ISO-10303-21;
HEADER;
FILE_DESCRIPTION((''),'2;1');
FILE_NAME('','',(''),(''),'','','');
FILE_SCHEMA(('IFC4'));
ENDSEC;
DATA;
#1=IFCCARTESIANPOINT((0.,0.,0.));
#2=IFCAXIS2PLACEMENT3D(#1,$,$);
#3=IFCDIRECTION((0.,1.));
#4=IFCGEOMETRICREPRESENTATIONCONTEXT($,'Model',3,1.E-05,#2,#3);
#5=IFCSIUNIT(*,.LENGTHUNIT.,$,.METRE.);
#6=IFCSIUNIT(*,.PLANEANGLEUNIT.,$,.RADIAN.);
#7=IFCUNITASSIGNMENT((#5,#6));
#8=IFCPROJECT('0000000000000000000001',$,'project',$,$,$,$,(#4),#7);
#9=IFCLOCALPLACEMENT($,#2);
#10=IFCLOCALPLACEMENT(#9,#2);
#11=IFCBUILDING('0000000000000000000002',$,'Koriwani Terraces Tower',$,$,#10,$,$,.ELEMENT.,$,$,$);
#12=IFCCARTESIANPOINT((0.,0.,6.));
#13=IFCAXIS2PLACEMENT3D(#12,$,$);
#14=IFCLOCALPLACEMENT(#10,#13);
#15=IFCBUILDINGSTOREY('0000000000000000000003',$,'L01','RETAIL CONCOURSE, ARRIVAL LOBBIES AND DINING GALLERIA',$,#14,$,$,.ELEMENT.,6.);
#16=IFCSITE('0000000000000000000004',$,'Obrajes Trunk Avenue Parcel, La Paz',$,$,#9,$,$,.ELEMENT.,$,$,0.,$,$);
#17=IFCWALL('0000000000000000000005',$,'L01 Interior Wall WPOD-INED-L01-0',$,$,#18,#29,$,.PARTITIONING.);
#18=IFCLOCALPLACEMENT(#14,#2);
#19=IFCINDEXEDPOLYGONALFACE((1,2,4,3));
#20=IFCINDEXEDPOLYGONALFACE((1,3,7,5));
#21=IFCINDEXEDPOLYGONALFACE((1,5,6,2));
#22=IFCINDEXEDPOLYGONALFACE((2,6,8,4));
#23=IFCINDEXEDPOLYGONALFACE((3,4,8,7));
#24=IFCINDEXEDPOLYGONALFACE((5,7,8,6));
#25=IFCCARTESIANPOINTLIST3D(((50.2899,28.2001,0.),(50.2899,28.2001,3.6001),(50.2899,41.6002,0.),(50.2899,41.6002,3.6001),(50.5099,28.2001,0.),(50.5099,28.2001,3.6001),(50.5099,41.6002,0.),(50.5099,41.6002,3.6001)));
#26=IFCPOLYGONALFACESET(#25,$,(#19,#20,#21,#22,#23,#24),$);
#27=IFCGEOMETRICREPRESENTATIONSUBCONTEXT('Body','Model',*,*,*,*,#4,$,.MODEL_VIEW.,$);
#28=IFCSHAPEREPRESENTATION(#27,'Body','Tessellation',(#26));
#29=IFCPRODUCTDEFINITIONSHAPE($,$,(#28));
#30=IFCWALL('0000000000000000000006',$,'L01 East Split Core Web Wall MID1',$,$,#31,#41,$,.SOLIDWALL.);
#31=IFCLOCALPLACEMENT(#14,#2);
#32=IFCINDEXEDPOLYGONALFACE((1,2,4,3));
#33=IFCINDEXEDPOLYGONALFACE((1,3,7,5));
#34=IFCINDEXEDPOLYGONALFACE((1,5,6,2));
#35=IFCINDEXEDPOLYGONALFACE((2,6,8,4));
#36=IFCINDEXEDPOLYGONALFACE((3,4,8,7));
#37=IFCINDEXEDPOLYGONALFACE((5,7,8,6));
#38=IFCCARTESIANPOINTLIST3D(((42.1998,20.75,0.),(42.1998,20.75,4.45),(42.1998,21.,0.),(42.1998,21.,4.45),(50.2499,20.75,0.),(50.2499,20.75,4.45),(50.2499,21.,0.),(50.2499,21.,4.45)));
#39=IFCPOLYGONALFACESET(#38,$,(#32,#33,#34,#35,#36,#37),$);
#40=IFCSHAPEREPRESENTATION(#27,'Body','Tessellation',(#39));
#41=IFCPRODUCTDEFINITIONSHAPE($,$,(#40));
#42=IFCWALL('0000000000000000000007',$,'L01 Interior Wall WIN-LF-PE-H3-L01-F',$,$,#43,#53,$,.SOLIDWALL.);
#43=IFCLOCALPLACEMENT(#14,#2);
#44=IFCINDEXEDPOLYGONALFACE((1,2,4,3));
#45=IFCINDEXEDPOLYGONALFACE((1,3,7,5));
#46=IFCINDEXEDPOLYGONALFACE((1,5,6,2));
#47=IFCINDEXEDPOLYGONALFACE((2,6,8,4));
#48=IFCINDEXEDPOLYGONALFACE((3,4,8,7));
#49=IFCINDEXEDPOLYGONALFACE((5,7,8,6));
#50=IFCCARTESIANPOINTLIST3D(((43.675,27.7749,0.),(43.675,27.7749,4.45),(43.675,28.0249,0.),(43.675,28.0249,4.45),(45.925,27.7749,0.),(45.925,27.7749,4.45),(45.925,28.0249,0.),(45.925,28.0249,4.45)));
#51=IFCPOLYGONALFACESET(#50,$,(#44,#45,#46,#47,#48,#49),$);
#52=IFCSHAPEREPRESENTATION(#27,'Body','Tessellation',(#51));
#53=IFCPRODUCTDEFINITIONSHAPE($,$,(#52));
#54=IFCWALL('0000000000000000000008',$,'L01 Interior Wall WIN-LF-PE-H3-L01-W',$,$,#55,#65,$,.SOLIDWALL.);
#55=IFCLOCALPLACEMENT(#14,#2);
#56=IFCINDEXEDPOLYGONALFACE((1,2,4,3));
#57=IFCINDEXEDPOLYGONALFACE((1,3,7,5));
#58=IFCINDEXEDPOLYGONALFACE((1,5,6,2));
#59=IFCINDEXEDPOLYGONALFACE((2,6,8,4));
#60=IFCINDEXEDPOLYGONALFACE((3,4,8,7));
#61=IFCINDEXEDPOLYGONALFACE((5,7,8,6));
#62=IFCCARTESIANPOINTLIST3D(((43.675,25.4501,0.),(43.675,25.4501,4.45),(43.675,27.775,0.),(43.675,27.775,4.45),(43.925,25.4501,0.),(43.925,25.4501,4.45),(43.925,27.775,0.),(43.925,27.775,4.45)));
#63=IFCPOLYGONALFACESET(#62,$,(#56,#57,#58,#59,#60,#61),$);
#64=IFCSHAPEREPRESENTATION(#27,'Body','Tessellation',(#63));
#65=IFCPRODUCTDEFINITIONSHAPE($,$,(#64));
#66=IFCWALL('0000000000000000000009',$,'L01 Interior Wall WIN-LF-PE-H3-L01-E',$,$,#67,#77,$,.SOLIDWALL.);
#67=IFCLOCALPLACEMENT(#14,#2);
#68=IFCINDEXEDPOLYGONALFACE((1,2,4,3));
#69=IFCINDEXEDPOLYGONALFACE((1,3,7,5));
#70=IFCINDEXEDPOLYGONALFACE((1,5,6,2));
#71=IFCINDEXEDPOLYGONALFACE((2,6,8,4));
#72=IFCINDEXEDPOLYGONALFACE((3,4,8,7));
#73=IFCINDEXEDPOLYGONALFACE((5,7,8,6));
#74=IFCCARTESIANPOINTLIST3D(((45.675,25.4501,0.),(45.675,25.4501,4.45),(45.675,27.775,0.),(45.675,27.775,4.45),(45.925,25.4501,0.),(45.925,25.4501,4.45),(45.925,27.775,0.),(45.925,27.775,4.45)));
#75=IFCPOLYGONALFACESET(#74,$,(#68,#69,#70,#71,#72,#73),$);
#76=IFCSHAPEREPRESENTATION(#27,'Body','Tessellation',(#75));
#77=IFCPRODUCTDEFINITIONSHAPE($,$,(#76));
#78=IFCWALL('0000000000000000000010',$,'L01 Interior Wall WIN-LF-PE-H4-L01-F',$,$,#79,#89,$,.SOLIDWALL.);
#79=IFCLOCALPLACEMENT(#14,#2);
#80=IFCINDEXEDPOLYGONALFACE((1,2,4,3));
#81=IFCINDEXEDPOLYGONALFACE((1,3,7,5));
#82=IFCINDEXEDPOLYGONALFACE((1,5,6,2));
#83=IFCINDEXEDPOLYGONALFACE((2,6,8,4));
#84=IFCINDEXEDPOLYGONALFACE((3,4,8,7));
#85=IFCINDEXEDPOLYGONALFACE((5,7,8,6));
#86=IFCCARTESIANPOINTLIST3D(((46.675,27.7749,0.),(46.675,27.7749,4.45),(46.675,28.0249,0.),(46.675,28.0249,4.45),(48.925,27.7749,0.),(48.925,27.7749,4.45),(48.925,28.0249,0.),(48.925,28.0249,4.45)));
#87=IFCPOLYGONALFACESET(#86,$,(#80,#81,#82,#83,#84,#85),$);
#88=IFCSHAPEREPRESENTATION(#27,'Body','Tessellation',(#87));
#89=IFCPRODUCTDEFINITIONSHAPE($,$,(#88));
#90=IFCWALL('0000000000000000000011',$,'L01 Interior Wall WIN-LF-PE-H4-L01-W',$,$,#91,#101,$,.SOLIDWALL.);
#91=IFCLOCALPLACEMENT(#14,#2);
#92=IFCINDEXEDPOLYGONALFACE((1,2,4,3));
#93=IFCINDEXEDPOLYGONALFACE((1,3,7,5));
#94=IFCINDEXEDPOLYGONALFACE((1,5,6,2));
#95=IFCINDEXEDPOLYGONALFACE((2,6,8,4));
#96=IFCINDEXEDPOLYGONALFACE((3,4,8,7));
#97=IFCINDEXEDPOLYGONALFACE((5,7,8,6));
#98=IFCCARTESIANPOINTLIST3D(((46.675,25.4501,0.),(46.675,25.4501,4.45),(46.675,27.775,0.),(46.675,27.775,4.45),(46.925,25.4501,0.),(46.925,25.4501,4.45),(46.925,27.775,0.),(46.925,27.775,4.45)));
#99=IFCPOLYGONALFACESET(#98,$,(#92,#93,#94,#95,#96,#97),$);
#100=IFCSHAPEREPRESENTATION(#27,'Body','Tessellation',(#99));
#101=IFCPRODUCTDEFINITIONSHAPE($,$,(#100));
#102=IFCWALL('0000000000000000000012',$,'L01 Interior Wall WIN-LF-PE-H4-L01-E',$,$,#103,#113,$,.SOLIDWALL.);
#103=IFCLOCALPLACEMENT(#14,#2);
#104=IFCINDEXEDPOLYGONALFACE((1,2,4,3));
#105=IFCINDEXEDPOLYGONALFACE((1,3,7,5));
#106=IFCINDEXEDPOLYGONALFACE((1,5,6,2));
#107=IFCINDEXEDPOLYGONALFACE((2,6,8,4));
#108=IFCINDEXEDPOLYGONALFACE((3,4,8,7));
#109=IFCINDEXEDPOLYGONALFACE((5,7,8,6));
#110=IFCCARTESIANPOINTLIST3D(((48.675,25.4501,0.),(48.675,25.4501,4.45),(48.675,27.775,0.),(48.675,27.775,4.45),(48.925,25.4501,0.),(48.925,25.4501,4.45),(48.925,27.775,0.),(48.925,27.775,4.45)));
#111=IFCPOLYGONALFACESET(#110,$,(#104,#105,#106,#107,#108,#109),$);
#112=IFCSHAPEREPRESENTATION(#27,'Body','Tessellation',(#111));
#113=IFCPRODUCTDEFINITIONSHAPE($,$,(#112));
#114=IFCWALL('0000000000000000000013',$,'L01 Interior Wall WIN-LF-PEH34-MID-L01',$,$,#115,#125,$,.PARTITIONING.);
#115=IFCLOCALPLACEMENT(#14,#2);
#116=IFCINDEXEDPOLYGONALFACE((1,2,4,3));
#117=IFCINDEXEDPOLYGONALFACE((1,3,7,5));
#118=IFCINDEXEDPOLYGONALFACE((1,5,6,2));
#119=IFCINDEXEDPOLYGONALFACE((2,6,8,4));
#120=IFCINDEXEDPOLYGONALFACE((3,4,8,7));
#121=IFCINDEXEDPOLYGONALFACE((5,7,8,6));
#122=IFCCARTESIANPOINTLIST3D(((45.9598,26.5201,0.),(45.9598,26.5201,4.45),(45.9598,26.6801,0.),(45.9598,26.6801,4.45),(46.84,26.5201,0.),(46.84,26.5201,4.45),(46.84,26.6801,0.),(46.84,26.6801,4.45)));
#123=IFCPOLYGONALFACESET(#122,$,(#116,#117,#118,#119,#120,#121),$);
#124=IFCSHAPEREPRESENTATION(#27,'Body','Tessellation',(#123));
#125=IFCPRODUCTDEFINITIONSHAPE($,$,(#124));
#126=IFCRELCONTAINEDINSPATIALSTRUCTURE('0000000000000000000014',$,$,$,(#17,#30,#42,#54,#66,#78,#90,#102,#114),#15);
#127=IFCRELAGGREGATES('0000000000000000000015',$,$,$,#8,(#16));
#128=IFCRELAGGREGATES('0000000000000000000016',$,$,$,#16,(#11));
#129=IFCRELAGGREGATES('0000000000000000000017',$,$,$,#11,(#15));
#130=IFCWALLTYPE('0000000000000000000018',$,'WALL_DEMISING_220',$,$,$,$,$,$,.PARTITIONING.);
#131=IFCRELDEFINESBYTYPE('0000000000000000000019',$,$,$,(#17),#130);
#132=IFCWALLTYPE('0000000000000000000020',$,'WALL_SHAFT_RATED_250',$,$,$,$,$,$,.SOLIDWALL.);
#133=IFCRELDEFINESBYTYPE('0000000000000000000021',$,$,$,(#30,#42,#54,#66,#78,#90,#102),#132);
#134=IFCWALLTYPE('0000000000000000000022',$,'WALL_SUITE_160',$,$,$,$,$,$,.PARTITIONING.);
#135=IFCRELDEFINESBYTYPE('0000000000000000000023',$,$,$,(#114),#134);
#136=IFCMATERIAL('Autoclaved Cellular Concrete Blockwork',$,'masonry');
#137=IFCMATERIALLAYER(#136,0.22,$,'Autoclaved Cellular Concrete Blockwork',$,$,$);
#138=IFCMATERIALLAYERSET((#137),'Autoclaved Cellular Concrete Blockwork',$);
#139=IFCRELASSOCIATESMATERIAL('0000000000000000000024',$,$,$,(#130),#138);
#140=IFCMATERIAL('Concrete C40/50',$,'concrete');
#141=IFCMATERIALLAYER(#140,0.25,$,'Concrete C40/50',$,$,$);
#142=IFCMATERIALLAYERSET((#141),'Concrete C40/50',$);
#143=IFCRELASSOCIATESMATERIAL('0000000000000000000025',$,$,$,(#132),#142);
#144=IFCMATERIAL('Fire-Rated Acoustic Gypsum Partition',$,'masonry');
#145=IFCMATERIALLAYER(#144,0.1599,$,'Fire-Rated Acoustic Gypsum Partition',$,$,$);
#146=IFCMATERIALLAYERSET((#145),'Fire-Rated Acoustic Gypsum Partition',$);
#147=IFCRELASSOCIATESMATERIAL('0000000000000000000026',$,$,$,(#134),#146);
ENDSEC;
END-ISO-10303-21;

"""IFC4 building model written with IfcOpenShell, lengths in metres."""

from ifc_helpers import new_model, si_unit, direction, frame, frame_2d, origin, place, context, subcontext, project, spatial, rectangle, extrude, material, layer, layer_set, type_object, element, save


model = new_model("IFC4")

# Units and contexts
model_context = context("Model", 3, precision=1e-05, world=origin(), true_north=direction((0.0, 1.0)))
body_context = subcontext(model_context, "Body", "Model", "MODEL_VIEW")
ifc_project = project(units=[si_unit("LENGTHUNIT", "METRE"), si_unit("PLANEANGLEUNIT", "RADIAN")], contexts=[model_context])

# Site, building, storey
site_placement = place(None, origin())
site = spatial("IfcSite", under=ifc_project, at=site_placement, Name="Obrajes Trunk Avenue Parcel, La Paz", CompositionType="ELEMENT", RefElevation=0.0)
building_placement = place(site_placement, origin())
building = spatial("IfcBuilding", under=site, at=building_placement, Name="Koriwani Terraces Tower", CompositionType="ELEMENT")
storey_placement = place(building_placement, frame((0.0, 0.0, 6.0)))
storey = spatial("IfcBuildingStorey", under=building, at=storey_placement, Name="L01", Description="RETAIL CONCOURSE, ARRIVAL LOBBIES AND DINING GALLERIA", CompositionType="ELEMENT", Elevation=6.0)

# Shared definitions
ifc_material_1 = material(Name="Autoclaved Cellular Concrete Blockwork", Category="masonry")

# Walls
ifc_layer_1 = layer(ifc_material_1, 0.22, Name="Autoclaved Cellular Concrete Blockwork")
ifc_layer_set_1 = layer_set([ifc_layer_1], Name="Autoclaved Cellular Concrete Blockwork")
wall_type_1 = type_object("IfcWallType", Name="WALL_DEMISING_220", PredefinedType="PARTITIONING", material=ifc_layer_set_1)
wall_1_placement = place(storey_placement, frame((50.3999, 28.2, 0.0), z_axis=(0.0, 0.0, 1.0), x_axis=(0.0, 1.0, 0.0)))
element("IfcWall", 1, at=wall_1_placement, inside=storey, type_object=wall_type_1, Name="L01 Interior Wall WPOD-INED-L01-0", PredefinedType="PARTITIONING", context=body_context, shape_type="SweptSolid", body=[
    extrude(rectangle(XDim=13.4001, YDim=0.22, at=frame_2d((6.7002, 0.0))), origin(), (0.0, 0.0, 1.0), 3.6001),
])
ifc_material_2 = material(Name="Concrete C40/50", Category="concrete")
ifc_layer_2 = layer(ifc_material_2, 0.25, Name="Concrete C40/50")
ifc_layer_set_2 = layer_set([ifc_layer_2], Name="Concrete C40/50")
wall_type_2 = type_object("IfcWallType", Name="WALL_SHAFT_RATED_250", PredefinedType="SOLIDWALL", material=ifc_layer_set_2)
wall_2_placement = place(storey_placement, frame((42.2, 20.875, 0.0), z_axis=(0.0, 0.0, 1.0), x_axis=(1.0, 0.0, 0.0)))
element("IfcWall", 2, at=wall_2_placement, inside=storey, type_object=wall_type_2, Name="L01 East Split Core Web Wall MID1", PredefinedType="SOLIDWALL", context=body_context, shape_type="SweptSolid", body=[
    extrude(rectangle(XDim=8.05, YDim=0.25, at=frame_2d((4.0249, 0.0))), origin(), (0.0, 0.0, 1.0), 4.45),
])

# Walls
wall_3_placement = place(storey_placement, frame((43.675, 27.8999, 0.0), z_axis=(0.0, 0.0, 1.0), x_axis=(1.0, 0.0, 0.0)))
element("IfcWall", 3, at=wall_3_placement, inside=storey, type_object=wall_type_2, Name="L01 Interior Wall WIN-LF-PE-H3-L01-F", PredefinedType="SOLIDWALL", context=body_context, shape_type="SweptSolid", body=[
    extrude(rectangle(XDim=2.25, YDim=0.25, at=frame_2d((1.125, 0.0))), origin(), (0.0, 0.0, 1.0), 4.45),
])
for number, where, z_axis, x_axis, name in (
    (4, (43.8, 25.45, 0.0), (0.0, 0.0, 1.0), (0.0, 1.0, 0.0), "L01 Interior Wall WIN-LF-PE-H3-L01-W"),
    (5, (45.8, 25.45, 0.0), (0.0, 0.0, 1.0), (0.0, 1.0, 0.0), "L01 Interior Wall WIN-LF-PE-H3-L01-E"),
):
    element("IfcWall", number, at=place(storey_placement, frame(where, z_axis=z_axis, x_axis=x_axis)), inside=storey, type_object=wall_type_2, Name=name, PredefinedType="SOLIDWALL", context=body_context, shape_type="SweptSolid", body=[
        extrude(rectangle(XDim=2.325, YDim=0.25, at=frame_2d((1.1626, 0.0))), origin(), (0.0, 0.0, 1.0), 4.45),
    ])
wall_4_placement = place(storey_placement, frame((46.675, 27.8999, 0.0), z_axis=(0.0, 0.0, 1.0), x_axis=(1.0, 0.0, 0.0)))
element("IfcWall", 6, at=wall_4_placement, inside=storey, type_object=wall_type_2, Name="L01 Interior Wall WIN-LF-PE-H4-L01-F", PredefinedType="SOLIDWALL", context=body_context, shape_type="SweptSolid", body=[
    extrude(rectangle(XDim=2.25, YDim=0.25, at=frame_2d((1.125, 0.0))), origin(), (0.0, 0.0, 1.0), 4.45),
])
for number, where, z_axis, x_axis, name in (
    (7, (46.8, 25.45, 0.0), (0.0, 0.0, 1.0), (0.0, 1.0, 0.0), "L01 Interior Wall WIN-LF-PE-H4-L01-W"),
    (8, (48.8, 25.45, 0.0), (0.0, 0.0, 1.0), (0.0, 1.0, 0.0), "L01 Interior Wall WIN-LF-PE-H4-L01-E"),
):
    element("IfcWall", number, at=place(storey_placement, frame(where, z_axis=z_axis, x_axis=x_axis)), inside=storey, type_object=wall_type_2, Name=name, PredefinedType="SOLIDWALL", context=body_context, shape_type="SweptSolid", body=[
        extrude(rectangle(XDim=2.325, YDim=0.25, at=frame_2d((1.1626, 0.0))), origin(), (0.0, 0.0, 1.0), 4.45),
    ])
ifc_material_3 = material(Name="Fire-Rated Acoustic Gypsum Partition", Category="masonry")
ifc_layer_3 = layer(ifc_material_3, 0.1599, Name="Fire-Rated Acoustic Gypsum Partition")
ifc_layer_set_3 = layer_set([ifc_layer_3], Name="Fire-Rated Acoustic Gypsum Partition")
wall_type_3 = type_object("IfcWallType", Name="WALL_SUITE_160", PredefinedType="PARTITIONING", material=ifc_layer_set_3)
wall_5_placement = place(storey_placement, frame((45.96, 26.6001, 0.0), z_axis=(0.0, 0.0, 1.0), x_axis=(1.0, 0.0, 0.0)))
element("IfcWall", 9, at=wall_5_placement, inside=storey, type_object=wall_type_3, Name="L01 Interior Wall WIN-LF-PEH34-MID-L01", PredefinedType="PARTITIONING", context=body_context, shape_type="SweptSolid", body=[
    extrude(rectangle(XDim=0.8801, YDim=0.1599, at=frame_2d((0.4399, 0.0))), origin(), (0.0, 0.0, 1.0), 4.45),
])

save(model, "model.ifc")
